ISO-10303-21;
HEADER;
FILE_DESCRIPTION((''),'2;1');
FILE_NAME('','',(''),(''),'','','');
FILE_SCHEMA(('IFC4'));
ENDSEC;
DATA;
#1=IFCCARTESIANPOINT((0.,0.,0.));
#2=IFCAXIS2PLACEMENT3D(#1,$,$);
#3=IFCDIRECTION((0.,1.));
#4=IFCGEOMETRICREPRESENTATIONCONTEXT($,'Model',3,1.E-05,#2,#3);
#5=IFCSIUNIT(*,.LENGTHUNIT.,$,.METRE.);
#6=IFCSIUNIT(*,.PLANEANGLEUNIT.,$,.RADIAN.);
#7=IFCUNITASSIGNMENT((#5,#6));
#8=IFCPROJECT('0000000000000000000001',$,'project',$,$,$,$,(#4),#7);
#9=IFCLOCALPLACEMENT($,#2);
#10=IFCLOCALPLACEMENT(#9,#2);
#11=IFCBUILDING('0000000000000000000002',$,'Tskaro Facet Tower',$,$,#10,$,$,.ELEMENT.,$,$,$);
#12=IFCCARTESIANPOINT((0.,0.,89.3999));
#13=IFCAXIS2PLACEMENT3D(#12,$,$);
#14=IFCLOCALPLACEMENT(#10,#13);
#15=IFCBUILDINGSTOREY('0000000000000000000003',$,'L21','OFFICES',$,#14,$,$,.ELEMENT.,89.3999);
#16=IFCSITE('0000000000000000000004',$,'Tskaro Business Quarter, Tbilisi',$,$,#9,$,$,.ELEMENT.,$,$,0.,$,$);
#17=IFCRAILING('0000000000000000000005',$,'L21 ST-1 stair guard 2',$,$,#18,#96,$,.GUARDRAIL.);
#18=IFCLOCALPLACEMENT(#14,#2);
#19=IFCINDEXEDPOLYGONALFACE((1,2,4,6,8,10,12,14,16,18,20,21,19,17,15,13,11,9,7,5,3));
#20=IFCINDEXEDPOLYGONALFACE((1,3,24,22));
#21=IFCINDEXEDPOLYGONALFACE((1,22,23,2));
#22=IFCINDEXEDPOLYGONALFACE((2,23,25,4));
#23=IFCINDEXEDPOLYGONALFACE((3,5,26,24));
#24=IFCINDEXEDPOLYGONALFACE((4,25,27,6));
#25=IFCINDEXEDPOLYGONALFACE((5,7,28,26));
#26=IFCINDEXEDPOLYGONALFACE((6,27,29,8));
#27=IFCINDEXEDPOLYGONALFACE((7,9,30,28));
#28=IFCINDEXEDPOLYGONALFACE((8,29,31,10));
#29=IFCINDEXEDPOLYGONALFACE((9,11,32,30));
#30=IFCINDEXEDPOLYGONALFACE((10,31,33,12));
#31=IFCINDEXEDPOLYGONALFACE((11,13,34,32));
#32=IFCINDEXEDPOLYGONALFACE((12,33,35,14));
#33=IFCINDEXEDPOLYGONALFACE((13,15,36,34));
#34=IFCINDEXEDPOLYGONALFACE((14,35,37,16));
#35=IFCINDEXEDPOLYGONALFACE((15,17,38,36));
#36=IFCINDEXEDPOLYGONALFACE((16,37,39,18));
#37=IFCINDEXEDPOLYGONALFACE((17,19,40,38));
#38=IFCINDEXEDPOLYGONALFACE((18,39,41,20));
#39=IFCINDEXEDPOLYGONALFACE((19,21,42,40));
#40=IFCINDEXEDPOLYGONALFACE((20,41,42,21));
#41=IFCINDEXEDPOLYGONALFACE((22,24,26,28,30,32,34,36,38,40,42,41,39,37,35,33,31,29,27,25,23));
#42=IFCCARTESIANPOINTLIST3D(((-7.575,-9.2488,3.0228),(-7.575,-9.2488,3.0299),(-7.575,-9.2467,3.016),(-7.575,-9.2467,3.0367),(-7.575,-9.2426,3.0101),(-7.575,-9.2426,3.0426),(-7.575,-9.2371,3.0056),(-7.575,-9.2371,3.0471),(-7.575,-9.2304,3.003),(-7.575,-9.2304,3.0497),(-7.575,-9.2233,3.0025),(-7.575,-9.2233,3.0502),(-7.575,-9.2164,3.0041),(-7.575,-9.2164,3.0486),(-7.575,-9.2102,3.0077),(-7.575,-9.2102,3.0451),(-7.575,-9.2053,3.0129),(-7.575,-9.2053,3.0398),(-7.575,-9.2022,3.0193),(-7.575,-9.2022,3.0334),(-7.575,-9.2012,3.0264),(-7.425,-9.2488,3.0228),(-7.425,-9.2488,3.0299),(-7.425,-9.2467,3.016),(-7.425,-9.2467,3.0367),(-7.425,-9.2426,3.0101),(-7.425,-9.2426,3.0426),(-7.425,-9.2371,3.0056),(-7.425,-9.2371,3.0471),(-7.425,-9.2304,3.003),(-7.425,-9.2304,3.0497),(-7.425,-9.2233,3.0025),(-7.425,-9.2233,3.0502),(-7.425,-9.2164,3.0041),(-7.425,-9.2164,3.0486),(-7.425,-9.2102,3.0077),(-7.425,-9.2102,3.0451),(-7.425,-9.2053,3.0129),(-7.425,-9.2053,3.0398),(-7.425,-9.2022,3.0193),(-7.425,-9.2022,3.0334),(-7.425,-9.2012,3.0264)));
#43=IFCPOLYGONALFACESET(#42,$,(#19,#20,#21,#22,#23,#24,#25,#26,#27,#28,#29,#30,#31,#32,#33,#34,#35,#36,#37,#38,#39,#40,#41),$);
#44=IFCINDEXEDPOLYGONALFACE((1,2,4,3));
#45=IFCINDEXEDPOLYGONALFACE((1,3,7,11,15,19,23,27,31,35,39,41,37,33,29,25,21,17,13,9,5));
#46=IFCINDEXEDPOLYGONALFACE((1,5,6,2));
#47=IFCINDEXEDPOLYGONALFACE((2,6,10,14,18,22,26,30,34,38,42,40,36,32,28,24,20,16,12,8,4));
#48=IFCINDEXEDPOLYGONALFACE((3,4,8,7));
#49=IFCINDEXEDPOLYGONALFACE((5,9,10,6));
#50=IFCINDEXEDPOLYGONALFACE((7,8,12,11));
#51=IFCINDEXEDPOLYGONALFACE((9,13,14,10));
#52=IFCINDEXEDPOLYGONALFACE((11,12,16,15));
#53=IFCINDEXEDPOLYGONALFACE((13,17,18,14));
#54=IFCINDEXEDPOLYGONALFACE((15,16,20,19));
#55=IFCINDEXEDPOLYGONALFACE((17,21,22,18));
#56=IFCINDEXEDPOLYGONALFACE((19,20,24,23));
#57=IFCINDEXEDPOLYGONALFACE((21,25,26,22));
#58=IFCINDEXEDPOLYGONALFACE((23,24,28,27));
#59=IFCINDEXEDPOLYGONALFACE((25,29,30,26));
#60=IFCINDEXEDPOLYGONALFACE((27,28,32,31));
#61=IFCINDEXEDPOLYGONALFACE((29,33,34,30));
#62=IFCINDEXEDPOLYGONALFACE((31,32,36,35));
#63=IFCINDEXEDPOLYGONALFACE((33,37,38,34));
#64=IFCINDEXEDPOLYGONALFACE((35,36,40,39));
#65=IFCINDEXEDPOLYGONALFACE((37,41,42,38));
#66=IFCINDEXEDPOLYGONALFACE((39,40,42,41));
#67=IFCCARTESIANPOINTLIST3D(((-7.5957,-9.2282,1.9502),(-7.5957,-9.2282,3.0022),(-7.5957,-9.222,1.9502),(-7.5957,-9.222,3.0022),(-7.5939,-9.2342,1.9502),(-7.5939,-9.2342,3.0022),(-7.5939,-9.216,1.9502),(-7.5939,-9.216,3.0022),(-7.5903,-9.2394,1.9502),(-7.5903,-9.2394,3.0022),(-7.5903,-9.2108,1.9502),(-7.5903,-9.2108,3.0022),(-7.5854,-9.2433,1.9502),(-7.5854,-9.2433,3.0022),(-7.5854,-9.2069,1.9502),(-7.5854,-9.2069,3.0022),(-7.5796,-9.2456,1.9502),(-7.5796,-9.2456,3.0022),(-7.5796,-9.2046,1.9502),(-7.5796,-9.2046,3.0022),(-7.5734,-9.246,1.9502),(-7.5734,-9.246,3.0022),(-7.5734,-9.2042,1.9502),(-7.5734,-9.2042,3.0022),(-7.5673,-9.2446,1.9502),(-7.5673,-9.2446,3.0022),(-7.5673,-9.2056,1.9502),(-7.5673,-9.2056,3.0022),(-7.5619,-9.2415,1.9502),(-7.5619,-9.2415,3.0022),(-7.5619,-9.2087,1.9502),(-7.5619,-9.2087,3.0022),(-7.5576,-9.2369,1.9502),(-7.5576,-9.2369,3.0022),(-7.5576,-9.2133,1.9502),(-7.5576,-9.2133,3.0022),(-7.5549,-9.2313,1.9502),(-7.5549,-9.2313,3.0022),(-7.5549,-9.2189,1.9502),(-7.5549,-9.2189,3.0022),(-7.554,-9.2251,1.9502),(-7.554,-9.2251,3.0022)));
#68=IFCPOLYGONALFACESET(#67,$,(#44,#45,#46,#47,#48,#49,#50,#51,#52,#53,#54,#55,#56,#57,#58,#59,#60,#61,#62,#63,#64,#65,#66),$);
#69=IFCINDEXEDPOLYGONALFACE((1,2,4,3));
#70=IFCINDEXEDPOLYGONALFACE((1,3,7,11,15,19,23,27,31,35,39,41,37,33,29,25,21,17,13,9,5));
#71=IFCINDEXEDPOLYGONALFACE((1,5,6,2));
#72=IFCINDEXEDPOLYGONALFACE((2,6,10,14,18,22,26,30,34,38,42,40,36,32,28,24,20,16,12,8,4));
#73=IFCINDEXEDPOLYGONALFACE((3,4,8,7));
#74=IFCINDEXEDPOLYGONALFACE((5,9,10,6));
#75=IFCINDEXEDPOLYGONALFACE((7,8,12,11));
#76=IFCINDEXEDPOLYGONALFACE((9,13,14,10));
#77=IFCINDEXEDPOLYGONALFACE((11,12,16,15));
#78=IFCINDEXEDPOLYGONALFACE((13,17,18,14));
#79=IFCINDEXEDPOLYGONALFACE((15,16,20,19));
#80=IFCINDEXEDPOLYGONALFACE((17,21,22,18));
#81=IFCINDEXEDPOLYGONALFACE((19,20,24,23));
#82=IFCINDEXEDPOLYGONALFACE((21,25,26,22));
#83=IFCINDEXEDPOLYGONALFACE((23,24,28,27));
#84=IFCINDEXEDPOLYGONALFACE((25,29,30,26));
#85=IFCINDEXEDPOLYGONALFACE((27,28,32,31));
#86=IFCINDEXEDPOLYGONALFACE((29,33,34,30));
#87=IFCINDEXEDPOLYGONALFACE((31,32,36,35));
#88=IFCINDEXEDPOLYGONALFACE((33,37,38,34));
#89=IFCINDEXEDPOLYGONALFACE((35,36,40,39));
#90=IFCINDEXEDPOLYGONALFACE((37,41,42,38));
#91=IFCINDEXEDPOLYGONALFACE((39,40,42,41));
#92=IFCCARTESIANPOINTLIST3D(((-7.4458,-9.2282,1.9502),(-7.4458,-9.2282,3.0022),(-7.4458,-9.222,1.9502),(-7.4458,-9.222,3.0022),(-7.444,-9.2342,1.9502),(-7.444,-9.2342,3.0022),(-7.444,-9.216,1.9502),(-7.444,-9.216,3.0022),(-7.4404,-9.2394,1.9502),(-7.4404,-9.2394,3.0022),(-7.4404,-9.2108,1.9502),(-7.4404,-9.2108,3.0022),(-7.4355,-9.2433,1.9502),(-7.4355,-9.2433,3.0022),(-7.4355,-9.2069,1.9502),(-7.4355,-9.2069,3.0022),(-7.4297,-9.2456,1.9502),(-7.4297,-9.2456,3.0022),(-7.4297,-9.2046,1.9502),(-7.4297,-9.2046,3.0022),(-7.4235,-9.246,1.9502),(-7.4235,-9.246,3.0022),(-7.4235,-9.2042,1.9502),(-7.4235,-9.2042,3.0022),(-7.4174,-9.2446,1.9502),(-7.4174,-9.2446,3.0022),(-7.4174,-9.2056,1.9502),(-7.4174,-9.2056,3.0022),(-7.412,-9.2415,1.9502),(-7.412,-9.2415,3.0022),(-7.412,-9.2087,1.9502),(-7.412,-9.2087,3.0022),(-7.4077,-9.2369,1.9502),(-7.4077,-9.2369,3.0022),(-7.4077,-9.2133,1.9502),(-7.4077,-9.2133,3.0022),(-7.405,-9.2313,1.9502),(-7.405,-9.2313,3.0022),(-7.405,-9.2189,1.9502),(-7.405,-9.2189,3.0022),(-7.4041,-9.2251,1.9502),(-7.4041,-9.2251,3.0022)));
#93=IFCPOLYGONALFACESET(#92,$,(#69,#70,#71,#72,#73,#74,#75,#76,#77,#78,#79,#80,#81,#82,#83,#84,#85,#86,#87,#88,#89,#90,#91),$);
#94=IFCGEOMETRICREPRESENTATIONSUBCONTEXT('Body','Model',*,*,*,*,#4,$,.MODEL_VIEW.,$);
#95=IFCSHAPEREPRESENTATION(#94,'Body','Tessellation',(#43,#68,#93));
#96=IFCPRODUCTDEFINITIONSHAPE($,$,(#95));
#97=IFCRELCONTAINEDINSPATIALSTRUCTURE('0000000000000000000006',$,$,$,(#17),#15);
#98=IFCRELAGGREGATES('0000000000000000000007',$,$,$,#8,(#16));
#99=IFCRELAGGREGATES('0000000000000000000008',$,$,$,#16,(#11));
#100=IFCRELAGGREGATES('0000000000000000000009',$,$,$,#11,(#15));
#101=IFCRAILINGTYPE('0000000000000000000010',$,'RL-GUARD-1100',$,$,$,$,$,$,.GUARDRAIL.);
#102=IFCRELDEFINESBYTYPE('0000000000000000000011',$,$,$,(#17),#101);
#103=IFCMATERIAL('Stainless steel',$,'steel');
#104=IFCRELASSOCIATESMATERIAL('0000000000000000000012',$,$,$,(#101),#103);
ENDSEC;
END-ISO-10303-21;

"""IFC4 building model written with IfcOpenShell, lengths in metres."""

from ifc_helpers import new_model, si_unit, direction, frame, origin, origin_2d, place, context, subcontext, project, spatial, circle, extrude, material, type_object, element, save


model = new_model("IFC4")

# Units and contexts
model_context = context("Model", 3, precision=1e-05, world=origin(), true_north=direction((0.0, 1.0)))
body_context = subcontext(model_context, "Body", "Model", "MODEL_VIEW")
ifc_project = project(units=[si_unit("LENGTHUNIT", "METRE"), si_unit("PLANEANGLEUNIT", "RADIAN")], contexts=[model_context])

# Site, building, storey
site_placement = place(None, origin())
site = spatial("IfcSite", under=ifc_project, at=site_placement, Name="Tskaro Business Quarter, Tbilisi", CompositionType="ELEMENT", RefElevation=0.0)
building_placement = place(site_placement, origin())
building = spatial("IfcBuilding", under=site, at=building_placement, Name="Tskaro Facet Tower", CompositionType="ELEMENT")
storey_placement = place(building_placement, frame((0.0, 0.0, 89.3999)))
storey = spatial("IfcBuildingStorey", under=building, at=storey_placement, Name="L21", Description="OFFICES", CompositionType="ELEMENT", Elevation=89.3999)

# Shared definitions
ifc_material_1 = material(Name="Stainless steel", Category="steel")

# Railing
railing_type_1 = type_object("IfcRailingType", Name="RL-GUARD-1100", PredefinedType="GUARDRAIL", material=ifc_material_1)
railing_1_placement = place(storey_placement, frame((-7.575, -9.2251, 1.9502)))
element("IfcRailing", 1, at=railing_1_placement, inside=storey, type_object=railing_type_1, Name="L21 ST-1 stair guard 2", PredefinedType="GUARDRAIL", context=body_context, shape_type="SweptSolid", body=[
    extrude(circle(Radius=0.0239, at=origin_2d()), frame((0.0, 0.0, 1.0762), z_axis=(1.0, 0.0, 0.0), x_axis=(0.0, 1.0, 0.0)), (0.0, 0.0, 1.0), 0.1499),
    extrude(circle(Radius=0.021, at=origin_2d()), origin(), (0.0, 0.0, 1.0), 1.052),
    extrude(circle(Radius=0.021, at=origin_2d()), frame((0.1499, 0.0, 0.0)), (0.0, 0.0, 1.0), 1.052),
])

save(model, "model.ifc")
